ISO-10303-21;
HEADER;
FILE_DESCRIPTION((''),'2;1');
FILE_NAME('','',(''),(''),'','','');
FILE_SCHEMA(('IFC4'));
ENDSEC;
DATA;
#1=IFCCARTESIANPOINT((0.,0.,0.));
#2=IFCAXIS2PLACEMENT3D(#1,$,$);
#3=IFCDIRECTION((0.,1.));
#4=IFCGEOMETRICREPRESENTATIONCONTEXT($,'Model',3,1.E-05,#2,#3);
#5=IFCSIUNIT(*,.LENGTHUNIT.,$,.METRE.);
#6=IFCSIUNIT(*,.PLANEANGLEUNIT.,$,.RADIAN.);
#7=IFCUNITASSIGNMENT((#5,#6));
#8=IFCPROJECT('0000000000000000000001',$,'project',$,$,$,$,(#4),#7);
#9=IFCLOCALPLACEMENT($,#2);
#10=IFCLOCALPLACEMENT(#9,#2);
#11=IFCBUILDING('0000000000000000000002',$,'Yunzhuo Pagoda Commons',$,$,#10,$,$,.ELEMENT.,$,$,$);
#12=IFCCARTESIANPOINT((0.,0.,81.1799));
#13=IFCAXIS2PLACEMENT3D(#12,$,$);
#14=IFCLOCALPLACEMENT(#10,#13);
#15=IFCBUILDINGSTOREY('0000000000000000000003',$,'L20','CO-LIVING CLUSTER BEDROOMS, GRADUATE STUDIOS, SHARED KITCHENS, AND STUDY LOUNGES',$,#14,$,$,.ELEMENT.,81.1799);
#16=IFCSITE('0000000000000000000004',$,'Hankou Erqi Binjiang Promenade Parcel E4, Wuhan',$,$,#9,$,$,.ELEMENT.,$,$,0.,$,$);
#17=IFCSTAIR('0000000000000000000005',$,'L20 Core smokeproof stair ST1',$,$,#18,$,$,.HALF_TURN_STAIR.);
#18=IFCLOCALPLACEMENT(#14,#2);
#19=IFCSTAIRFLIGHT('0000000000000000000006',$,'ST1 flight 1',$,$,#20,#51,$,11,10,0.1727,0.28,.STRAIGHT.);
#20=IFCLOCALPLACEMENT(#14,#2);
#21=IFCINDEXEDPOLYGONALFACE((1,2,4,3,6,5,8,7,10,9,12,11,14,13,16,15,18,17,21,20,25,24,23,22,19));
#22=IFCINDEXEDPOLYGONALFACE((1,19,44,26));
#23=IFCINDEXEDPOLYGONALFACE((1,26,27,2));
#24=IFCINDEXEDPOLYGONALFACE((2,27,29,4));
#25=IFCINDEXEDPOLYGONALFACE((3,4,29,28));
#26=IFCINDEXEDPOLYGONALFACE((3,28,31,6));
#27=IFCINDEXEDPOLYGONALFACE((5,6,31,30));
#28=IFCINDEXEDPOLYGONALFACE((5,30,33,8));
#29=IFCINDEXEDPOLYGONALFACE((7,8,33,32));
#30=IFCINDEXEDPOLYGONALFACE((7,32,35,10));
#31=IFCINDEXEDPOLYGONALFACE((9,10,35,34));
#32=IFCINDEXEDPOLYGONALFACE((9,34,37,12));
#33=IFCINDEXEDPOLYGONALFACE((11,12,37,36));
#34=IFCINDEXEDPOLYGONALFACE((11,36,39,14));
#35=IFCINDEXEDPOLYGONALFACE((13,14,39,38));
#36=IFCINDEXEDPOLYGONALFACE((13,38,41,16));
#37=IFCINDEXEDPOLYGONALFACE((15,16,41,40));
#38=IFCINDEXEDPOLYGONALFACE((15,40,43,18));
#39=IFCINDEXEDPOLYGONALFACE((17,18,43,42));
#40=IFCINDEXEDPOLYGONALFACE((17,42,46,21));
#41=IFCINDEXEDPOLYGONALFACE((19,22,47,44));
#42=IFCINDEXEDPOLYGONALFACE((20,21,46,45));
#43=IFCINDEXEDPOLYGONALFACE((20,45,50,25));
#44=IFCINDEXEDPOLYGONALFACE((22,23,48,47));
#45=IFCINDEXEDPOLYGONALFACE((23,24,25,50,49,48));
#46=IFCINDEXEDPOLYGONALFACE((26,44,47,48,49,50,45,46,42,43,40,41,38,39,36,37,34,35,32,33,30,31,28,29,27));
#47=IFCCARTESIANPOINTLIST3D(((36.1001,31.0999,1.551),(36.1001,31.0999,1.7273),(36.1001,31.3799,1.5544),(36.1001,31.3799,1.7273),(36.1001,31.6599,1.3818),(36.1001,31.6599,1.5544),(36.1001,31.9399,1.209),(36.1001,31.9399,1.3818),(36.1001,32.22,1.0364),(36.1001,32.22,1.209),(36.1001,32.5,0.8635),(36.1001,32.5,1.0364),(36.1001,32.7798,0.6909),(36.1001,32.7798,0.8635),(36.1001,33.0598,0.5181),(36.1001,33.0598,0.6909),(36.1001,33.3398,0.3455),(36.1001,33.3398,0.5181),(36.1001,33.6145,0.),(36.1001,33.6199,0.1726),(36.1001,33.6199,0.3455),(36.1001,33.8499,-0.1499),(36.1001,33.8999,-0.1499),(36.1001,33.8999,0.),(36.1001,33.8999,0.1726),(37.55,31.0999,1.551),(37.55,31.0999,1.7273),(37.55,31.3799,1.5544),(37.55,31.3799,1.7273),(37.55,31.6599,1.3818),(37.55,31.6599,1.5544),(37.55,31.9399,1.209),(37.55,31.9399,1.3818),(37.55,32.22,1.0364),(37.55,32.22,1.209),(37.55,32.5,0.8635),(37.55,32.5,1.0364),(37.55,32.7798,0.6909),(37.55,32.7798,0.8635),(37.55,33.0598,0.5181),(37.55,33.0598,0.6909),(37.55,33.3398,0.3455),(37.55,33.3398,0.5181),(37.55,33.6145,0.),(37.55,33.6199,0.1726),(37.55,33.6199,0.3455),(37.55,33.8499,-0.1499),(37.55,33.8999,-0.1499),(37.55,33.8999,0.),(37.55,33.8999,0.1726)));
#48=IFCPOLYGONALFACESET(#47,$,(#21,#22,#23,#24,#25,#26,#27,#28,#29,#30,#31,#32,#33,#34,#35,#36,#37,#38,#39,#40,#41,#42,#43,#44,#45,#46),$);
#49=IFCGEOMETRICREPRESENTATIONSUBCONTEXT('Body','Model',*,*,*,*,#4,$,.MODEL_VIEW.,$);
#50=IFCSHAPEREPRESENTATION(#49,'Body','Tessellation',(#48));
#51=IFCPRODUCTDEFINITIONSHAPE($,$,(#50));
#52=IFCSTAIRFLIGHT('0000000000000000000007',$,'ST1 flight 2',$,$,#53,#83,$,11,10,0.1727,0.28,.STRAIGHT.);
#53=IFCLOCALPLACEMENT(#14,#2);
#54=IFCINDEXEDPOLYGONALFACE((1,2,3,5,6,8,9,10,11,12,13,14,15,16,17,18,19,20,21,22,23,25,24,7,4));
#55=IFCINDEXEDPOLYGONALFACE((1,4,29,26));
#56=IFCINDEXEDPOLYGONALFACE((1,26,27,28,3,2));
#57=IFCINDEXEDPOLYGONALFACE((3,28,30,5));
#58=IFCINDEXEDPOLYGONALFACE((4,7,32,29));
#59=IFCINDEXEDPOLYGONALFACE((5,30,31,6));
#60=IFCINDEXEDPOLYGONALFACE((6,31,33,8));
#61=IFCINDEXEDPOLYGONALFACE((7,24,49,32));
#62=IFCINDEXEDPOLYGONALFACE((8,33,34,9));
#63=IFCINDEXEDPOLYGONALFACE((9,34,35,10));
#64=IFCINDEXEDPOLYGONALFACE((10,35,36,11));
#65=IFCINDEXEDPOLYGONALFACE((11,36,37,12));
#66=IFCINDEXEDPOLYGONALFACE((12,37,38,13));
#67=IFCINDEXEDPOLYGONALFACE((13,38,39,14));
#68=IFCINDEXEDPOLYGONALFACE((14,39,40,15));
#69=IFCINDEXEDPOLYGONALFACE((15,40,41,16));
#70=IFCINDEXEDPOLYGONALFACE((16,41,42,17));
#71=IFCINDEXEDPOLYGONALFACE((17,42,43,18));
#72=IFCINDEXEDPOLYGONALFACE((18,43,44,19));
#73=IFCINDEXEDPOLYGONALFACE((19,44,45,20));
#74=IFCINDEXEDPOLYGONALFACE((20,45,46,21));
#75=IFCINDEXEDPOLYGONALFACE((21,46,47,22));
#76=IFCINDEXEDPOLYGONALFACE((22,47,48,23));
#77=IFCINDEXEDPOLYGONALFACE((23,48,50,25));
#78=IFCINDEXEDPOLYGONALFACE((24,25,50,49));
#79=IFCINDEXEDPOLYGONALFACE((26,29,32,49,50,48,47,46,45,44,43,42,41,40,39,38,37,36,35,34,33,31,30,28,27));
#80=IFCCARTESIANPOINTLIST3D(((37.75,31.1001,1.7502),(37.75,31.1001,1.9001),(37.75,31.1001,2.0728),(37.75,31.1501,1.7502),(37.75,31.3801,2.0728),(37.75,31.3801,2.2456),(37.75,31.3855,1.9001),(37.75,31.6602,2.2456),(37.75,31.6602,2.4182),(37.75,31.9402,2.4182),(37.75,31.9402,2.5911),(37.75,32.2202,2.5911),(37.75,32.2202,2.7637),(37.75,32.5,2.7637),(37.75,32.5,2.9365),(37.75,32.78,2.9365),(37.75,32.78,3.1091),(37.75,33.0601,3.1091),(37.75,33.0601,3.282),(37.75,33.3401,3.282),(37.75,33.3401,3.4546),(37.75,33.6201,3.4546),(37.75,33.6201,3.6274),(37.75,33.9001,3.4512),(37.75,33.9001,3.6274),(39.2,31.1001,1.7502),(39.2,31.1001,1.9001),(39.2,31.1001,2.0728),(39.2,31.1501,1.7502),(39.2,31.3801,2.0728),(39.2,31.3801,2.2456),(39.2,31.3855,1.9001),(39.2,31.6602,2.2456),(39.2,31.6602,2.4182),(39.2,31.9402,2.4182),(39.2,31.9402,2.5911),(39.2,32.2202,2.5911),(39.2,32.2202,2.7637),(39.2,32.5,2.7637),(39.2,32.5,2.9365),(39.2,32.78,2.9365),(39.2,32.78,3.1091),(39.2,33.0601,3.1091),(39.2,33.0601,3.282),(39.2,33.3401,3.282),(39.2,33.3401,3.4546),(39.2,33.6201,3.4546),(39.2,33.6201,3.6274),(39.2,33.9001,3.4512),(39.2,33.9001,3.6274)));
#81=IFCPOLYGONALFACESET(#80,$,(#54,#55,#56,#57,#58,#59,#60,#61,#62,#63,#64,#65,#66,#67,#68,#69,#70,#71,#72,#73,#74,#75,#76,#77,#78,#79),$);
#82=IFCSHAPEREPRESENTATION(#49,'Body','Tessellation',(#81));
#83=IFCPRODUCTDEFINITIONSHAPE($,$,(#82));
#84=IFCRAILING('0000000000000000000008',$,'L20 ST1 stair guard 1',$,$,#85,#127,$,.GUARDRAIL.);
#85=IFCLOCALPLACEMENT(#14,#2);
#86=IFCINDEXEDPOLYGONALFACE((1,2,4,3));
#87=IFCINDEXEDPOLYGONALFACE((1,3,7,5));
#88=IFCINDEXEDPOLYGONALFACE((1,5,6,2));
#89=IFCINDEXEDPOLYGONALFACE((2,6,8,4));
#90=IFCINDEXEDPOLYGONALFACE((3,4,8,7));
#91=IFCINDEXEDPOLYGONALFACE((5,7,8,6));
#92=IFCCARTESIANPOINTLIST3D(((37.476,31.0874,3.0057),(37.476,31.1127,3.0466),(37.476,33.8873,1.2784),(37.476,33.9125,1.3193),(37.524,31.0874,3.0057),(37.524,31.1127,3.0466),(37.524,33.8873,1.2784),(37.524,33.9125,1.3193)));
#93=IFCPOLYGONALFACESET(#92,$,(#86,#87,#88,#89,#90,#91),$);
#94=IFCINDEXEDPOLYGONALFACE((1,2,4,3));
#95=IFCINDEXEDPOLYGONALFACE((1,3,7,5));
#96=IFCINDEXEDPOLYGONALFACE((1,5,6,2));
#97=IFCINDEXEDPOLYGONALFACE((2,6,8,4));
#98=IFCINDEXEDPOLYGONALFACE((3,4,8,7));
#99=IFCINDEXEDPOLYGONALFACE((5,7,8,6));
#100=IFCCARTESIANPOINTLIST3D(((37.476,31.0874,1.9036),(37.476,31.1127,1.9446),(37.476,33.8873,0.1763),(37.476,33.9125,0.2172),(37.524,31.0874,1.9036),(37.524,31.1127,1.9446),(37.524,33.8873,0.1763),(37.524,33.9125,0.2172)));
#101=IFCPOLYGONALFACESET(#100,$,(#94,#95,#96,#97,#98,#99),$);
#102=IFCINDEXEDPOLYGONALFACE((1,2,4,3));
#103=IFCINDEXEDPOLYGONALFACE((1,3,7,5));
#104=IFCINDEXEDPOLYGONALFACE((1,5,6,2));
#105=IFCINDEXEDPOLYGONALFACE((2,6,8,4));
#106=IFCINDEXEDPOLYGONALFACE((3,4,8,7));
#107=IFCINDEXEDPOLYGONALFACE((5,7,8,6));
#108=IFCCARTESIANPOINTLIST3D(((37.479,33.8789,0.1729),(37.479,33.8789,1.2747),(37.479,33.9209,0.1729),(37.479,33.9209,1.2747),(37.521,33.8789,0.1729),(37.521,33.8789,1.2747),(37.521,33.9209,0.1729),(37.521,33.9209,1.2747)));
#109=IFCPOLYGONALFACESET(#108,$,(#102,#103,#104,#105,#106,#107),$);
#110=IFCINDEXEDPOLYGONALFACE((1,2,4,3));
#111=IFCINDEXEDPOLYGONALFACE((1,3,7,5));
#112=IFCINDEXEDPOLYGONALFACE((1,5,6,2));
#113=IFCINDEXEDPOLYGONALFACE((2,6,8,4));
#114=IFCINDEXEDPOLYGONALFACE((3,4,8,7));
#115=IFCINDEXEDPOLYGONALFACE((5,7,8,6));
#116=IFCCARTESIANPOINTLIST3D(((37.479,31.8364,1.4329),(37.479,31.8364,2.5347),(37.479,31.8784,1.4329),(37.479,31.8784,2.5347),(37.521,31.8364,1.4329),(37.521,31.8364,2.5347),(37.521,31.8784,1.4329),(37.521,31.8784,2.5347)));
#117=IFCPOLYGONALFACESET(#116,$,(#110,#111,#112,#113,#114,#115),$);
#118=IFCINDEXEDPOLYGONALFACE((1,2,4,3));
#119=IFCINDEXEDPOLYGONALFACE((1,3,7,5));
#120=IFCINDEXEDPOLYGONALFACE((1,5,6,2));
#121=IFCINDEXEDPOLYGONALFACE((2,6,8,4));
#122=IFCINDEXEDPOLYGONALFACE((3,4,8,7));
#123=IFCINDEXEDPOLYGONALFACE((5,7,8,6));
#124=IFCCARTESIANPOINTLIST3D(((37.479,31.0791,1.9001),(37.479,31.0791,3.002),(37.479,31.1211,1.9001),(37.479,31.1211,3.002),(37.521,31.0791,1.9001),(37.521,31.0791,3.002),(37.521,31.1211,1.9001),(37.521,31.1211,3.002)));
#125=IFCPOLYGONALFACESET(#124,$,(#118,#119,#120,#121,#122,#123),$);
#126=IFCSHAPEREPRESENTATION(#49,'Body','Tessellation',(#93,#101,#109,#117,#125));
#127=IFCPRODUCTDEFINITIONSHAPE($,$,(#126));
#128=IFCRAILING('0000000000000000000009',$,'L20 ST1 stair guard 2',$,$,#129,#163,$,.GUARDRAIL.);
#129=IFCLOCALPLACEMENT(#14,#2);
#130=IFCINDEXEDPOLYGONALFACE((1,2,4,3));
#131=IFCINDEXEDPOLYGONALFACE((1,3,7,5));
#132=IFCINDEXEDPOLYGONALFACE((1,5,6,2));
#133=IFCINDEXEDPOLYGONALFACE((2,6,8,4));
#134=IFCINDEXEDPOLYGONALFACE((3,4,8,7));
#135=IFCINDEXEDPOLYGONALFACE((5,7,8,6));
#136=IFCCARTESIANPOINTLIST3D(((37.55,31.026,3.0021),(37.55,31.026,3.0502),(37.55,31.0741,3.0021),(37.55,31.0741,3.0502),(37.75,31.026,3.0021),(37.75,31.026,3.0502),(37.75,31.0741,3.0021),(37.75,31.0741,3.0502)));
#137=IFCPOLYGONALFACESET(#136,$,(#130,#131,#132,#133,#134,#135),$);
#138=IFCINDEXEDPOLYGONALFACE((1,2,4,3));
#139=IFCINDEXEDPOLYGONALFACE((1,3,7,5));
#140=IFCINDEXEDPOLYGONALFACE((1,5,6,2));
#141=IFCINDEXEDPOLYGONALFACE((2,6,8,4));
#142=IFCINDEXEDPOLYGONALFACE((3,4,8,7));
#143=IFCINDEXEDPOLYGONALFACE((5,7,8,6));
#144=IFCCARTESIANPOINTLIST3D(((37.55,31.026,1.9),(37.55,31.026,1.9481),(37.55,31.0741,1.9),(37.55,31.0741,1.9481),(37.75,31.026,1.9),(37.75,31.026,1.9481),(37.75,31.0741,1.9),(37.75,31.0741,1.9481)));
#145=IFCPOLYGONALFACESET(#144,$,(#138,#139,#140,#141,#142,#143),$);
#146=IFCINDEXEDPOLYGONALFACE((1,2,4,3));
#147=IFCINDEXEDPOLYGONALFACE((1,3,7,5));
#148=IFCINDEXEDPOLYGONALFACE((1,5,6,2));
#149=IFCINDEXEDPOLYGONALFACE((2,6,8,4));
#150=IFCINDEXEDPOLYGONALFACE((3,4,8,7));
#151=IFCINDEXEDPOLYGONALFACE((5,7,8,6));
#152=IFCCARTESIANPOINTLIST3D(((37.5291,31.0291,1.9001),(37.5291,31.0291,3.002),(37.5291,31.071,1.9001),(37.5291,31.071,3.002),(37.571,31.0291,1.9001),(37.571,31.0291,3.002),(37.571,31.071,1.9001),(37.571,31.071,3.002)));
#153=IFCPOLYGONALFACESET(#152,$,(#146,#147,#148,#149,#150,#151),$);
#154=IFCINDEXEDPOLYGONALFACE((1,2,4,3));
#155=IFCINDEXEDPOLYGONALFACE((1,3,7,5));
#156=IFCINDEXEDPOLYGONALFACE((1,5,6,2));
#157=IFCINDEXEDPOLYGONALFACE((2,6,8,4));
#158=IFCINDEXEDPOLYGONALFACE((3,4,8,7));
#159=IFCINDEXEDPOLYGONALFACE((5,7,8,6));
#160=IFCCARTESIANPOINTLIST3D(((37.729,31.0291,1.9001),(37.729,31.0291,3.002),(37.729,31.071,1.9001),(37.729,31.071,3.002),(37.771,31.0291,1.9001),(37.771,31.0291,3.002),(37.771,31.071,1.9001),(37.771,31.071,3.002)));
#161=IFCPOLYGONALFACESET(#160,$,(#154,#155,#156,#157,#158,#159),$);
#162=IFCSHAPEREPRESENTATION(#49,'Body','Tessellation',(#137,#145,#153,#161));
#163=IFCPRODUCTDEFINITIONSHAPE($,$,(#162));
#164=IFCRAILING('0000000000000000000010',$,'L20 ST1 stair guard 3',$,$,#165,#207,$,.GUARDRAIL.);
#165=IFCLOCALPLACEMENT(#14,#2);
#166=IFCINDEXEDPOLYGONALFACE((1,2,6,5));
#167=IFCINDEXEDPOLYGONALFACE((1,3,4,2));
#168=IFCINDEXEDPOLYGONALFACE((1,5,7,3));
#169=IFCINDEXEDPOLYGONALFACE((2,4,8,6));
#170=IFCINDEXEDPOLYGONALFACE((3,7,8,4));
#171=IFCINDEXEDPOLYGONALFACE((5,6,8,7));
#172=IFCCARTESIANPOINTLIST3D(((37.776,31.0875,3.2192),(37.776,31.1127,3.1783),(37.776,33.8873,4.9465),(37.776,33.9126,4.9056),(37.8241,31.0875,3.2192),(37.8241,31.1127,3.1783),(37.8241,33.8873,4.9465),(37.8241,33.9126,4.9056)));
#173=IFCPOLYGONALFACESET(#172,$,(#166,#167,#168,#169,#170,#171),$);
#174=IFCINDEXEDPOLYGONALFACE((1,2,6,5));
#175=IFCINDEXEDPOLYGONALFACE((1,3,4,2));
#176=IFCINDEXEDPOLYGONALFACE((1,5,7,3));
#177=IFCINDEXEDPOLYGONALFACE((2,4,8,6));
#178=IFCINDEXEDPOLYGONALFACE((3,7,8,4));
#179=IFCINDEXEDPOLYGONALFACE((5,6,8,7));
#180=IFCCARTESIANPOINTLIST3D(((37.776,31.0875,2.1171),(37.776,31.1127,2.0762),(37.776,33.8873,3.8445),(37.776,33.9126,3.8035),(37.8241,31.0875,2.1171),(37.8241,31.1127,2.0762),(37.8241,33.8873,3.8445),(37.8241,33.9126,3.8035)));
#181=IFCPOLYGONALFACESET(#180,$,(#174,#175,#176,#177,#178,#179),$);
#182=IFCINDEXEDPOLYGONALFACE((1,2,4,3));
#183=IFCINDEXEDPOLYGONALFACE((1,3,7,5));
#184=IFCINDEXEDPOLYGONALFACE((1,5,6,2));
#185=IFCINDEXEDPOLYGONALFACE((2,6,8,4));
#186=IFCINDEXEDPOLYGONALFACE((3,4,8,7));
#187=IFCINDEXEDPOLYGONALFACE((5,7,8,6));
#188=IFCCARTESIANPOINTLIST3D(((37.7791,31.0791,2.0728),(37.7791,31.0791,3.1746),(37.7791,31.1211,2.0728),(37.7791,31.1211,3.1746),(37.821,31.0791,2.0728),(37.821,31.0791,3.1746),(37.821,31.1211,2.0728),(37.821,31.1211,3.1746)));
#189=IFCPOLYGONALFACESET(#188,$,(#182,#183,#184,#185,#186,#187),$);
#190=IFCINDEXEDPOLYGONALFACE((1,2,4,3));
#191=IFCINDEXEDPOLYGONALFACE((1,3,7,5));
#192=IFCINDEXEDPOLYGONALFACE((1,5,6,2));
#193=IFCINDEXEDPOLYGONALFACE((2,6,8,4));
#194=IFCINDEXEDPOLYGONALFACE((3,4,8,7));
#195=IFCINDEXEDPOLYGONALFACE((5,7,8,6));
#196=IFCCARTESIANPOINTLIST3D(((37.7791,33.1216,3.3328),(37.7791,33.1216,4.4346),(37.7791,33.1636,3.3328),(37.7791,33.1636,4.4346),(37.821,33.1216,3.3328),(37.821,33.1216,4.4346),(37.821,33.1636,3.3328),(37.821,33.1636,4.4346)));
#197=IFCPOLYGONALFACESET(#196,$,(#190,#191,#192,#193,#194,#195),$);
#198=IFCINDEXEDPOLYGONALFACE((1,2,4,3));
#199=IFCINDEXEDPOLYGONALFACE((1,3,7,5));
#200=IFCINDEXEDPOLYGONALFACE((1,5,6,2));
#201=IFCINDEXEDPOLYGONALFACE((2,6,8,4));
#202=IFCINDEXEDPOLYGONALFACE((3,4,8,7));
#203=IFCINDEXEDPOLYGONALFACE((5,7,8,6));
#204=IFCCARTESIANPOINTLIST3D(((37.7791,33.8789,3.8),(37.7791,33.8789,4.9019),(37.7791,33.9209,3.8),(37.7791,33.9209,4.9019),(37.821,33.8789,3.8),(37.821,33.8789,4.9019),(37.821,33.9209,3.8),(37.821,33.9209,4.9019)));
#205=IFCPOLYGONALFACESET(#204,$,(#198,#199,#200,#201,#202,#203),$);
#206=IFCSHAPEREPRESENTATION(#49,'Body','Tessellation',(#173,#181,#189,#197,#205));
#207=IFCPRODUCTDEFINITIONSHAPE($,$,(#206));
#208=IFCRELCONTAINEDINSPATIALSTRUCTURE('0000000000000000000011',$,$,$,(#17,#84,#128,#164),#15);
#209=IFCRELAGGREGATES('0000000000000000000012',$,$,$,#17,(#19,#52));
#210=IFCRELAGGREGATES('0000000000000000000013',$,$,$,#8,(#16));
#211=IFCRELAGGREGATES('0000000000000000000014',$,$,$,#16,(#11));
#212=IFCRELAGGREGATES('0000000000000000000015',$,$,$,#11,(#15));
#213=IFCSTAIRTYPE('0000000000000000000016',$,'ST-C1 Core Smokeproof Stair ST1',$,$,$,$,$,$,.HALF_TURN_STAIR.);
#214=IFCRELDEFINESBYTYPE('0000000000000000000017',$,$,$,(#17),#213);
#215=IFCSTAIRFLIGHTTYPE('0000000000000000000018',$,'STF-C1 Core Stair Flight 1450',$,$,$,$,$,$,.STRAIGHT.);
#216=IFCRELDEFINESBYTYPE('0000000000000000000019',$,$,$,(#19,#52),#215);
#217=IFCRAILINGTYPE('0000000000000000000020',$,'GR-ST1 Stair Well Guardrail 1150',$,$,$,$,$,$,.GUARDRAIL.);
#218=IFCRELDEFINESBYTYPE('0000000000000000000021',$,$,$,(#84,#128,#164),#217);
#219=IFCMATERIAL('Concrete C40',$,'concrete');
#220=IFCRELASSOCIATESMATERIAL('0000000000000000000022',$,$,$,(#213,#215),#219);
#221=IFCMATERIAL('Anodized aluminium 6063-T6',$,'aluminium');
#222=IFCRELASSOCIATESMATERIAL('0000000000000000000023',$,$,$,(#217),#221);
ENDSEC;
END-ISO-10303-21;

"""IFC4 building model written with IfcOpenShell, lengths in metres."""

from ifc_helpers import new_model, si_unit, direction, frame, origin, origin_2d, place, context, subcontext, project, spatial, polyline, rectangle, outline, extrude, source, transform, mapped, material, type_object, element, aggregate, save


model = new_model("IFC4")

# Units and contexts
model_context = context("Model", 3, precision=1e-05, world=origin(), true_north=direction((0.0, 1.0)))
body_context = subcontext(model_context, "Body", "Model", "MODEL_VIEW")
ifc_project = project(units=[si_unit("LENGTHUNIT", "METRE"), si_unit("PLANEANGLEUNIT", "RADIAN")], contexts=[model_context])

# Site, building, storey
site_placement = place(None, origin())
site = spatial("IfcSite", under=ifc_project, at=site_placement, Name="Hankou Erqi Binjiang Promenade Parcel E4, Wuhan", CompositionType="ELEMENT", RefElevation=0.0)
building_placement = place(site_placement, origin())
building = spatial("IfcBuilding", under=site, at=building_placement, Name="Yunzhuo Pagoda Commons", CompositionType="ELEMENT")
storey_placement = place(building_placement, frame((0.0, 0.0, 81.1799)))
storey = spatial("IfcBuildingStorey", under=building, at=storey_placement, Name="L20", Description="CO-LIVING CLUSTER BEDROOMS, GRADUATE STUDIOS, SHARED KITCHENS, AND STUDY LOUNGES", CompositionType="ELEMENT", Elevation=81.1799)

# Shared definitions
ifc_material_1 = material(Name="Concrete C40", Category="concrete")

# Stair, stair flights
stair_type = type_object("IfcStairType", Name="ST-C1 Core Smokeproof Stair ST1", PredefinedType="HALF_TURN_STAIR", material=ifc_material_1)
stair_placement = place(storey_placement, origin())
stair = element("IfcStair", 1, at=stair_placement, inside=storey, type_object=stair_type, Name="L20 Core smokeproof stair ST1", PredefinedType="HALF_TURN_STAIR")
stair_flight_type = type_object("IfcStairFlightType", Name="STF-C1 Core Stair Flight 1450", PredefinedType="STRAIGHT", material=ifc_material_1)
shared_shape_1 = source(origin(), body_context, "Body", "SweptSolid", [
    extrude(outline(polyline([(0.0, -0.1499), (0.0, 0.0), (0.0, 0.1726), (0.28, 0.1726), (0.28, 0.3455), (0.5601, 0.3455), (0.5601, 0.5181), (0.8401, 0.5181), (0.8401, 0.6909), (1.1201, 0.6909), (1.1201, 0.8635), (1.3999, 0.8635), (1.3999, 1.0364), (1.6799, 1.0364), (1.6799, 1.209), (1.96, 1.209), (1.96, 1.3818), (2.24, 1.3818), (2.24, 1.5544), (2.52, 1.5544), (2.52, 1.7273), (2.8, 1.7273), (2.8, 1.8999), (2.8, 1.551), (0.2854, 0.0), (0.05, -0.1499), (0.0, -0.1499)])), frame((0.0, 0.7251, 0.0), z_axis=(0.0, -1.0, 0.0), x_axis=(1.0, 0.0, 0.0)), (0.0, 0.0, 1.0), 1.45),
])
stair_flight_1_placement = place(storey_placement, frame((36.825, 33.8999, 0.0), z_axis=(0.0, 0.0, 1.0), x_axis=(0.0, -1.0, 0.0)))
stair_flight_1 = element("IfcStairFlight", 2, at=stair_flight_1_placement, type_object=stair_flight_type, Name="ST1 flight 1", NumberOfRisers=11, NumberOfTreads=10, PredefinedType="STRAIGHT", RiserHeight=0.1727, TreadLength=0.28, context=body_context, shape_type="MappedRepresentation", body=[
    mapped(shared_shape_1, transform((0.0, 0.0, 0.0), scale=1.0)),
])
stair_flight_2_placement = place(storey_placement, frame((38.4751, 31.1001, 1.9001), z_axis=(0.0, 0.0, 1.0), x_axis=(0.0, 1.0, 0.0)))
stair_flight_2 = element("IfcStairFlight", 3, at=stair_flight_2_placement, type_object=stair_flight_type, Name="ST1 flight 2", NumberOfRisers=11, NumberOfTreads=10, PredefinedType="STRAIGHT", RiserHeight=0.1727, TreadLength=0.28, context=body_context, shape_type="MappedRepresentation", body=[
    mapped(shared_shape_1, transform((0.0, 0.0, 0.0), scale=1.0)),
])
aggregate(stair, [stair_flight_1, stair_flight_2])

# Railings
ifc_material_2 = material(Name="Anodized aluminium 6063-T6", Category="aluminium")
railing_type_1 = type_object("IfcRailingType", Name="GR-ST1 Stair Well Guardrail 1150", PredefinedType="GUARDRAIL", material=ifc_material_2)
railing_1_placement = place(storey_placement, frame((37.5, 33.8999, 0.1729)))
element("IfcRailing", 4, at=railing_1_placement, inside=storey, type_object=railing_type_1, Name="L20 ST1 stair guard 1", PredefinedType="GUARDRAIL", context=body_context, shape_type="SweptSolid", body=[
    extrude(rectangle(XDim=0.0481, YDim=0.0481, at=origin_2d()), frame((0.0, 0.0, 1.126), z_axis=(0.0, -0.851069, 0.525054), x_axis=(1.0, 0.0, 0.0)), (0.0, 0.0, 1.0), 3.2898),
    extrude(rectangle(XDim=0.0481, YDim=0.0481, at=origin_2d()), frame((0.0, 0.0, 0.0239), z_axis=(0.0, -0.851069, 0.525054), x_axis=(1.0, 0.0, 0.0)), (0.0, 0.0, 1.0), 3.2898),
    extrude(rectangle(XDim=0.042, YDim=0.042, at=origin_2d()), origin(), (0.0, 0.0, 1.0), 1.1018),
    extrude(rectangle(XDim=0.042, YDim=0.042, at=origin_2d()), frame((0.0, -2.0425, 1.26)), (0.0, 0.0, 1.0), 1.1018),
    extrude(rectangle(XDim=0.042, YDim=0.042, at=origin_2d()), frame((0.0, -2.7998, 1.7273)), (0.0, 0.0, 1.0), 1.1018),
])
railing_2_placement = place(storey_placement, frame((37.55, 31.05, 1.9001)))
element("IfcRailing", 5, at=railing_2_placement, inside=storey, type_object=railing_type_1, Name="L20 ST1 stair guard 2", PredefinedType="GUARDRAIL", context=body_context, shape_type="SweptSolid", body=[
    extrude(rectangle(XDim=0.0481, YDim=0.0481, at=origin_2d()), frame((0.0, 0.0, 1.126), z_axis=(1.0, 0.0, 0.0), x_axis=(0.0, 1.0, 0.0)), (0.0, 0.0, 1.0), 0.2),
    extrude(rectangle(XDim=0.0481, YDim=0.0481, at=origin_2d()), frame((0.0, 0.0, 0.0239), z_axis=(1.0, 0.0, 0.0), x_axis=(0.0, 1.0, 0.0)), (0.0, 0.0, 1.0), 0.2),
    extrude(rectangle(XDim=0.042, YDim=0.042, at=origin_2d()), origin(), (0.0, 0.0, 1.0), 1.1018),
    extrude(rectangle(XDim=0.042, YDim=0.042, at=origin_2d()), frame((0.2, 0.0, 0.0)), (0.0, 0.0, 1.0), 1.1018),
])
railing_3_placement = place(storey_placement, frame((37.8, 31.1001, 2.0728)))
element("IfcRailing", 6, at=railing_3_placement, inside=storey, type_object=railing_type_1, Name="L20 ST1 stair guard 3", PredefinedType="GUARDRAIL", context=body_context, shape_type="SweptSolid", body=[
    extrude(rectangle(XDim=0.0481, YDim=0.0481, at=origin_2d()), frame((0.0, 0.0, 1.126), z_axis=(0.0, 0.851069, 0.525054), x_axis=(-1.0, 0.0, 0.0)), (0.0, 0.0, 1.0), 3.2898),
    extrude(rectangle(XDim=0.0481, YDim=0.0481, at=origin_2d()), frame((0.0, 0.0, 0.0239), z_axis=(0.0, 0.851069, 0.525054), x_axis=(-1.0, 0.0, 0.0)), (0.0, 0.0, 1.0), 3.2898),
    extrude(rectangle(XDim=0.042, YDim=0.042, at=origin_2d()), origin(), (0.0, 0.0, 1.0), 1.1018),
    extrude(rectangle(XDim=0.042, YDim=0.042, at=origin_2d()), frame((0.0, 2.0425, 1.26)), (0.0, 0.0, 1.0), 1.1018),
    extrude(rectangle(XDim=0.042, YDim=0.042, at=origin_2d()), frame((0.0, 2.7998, 1.7273)), (0.0, 0.0, 1.0), 1.1018),
])

save(model, "model.ifc")
